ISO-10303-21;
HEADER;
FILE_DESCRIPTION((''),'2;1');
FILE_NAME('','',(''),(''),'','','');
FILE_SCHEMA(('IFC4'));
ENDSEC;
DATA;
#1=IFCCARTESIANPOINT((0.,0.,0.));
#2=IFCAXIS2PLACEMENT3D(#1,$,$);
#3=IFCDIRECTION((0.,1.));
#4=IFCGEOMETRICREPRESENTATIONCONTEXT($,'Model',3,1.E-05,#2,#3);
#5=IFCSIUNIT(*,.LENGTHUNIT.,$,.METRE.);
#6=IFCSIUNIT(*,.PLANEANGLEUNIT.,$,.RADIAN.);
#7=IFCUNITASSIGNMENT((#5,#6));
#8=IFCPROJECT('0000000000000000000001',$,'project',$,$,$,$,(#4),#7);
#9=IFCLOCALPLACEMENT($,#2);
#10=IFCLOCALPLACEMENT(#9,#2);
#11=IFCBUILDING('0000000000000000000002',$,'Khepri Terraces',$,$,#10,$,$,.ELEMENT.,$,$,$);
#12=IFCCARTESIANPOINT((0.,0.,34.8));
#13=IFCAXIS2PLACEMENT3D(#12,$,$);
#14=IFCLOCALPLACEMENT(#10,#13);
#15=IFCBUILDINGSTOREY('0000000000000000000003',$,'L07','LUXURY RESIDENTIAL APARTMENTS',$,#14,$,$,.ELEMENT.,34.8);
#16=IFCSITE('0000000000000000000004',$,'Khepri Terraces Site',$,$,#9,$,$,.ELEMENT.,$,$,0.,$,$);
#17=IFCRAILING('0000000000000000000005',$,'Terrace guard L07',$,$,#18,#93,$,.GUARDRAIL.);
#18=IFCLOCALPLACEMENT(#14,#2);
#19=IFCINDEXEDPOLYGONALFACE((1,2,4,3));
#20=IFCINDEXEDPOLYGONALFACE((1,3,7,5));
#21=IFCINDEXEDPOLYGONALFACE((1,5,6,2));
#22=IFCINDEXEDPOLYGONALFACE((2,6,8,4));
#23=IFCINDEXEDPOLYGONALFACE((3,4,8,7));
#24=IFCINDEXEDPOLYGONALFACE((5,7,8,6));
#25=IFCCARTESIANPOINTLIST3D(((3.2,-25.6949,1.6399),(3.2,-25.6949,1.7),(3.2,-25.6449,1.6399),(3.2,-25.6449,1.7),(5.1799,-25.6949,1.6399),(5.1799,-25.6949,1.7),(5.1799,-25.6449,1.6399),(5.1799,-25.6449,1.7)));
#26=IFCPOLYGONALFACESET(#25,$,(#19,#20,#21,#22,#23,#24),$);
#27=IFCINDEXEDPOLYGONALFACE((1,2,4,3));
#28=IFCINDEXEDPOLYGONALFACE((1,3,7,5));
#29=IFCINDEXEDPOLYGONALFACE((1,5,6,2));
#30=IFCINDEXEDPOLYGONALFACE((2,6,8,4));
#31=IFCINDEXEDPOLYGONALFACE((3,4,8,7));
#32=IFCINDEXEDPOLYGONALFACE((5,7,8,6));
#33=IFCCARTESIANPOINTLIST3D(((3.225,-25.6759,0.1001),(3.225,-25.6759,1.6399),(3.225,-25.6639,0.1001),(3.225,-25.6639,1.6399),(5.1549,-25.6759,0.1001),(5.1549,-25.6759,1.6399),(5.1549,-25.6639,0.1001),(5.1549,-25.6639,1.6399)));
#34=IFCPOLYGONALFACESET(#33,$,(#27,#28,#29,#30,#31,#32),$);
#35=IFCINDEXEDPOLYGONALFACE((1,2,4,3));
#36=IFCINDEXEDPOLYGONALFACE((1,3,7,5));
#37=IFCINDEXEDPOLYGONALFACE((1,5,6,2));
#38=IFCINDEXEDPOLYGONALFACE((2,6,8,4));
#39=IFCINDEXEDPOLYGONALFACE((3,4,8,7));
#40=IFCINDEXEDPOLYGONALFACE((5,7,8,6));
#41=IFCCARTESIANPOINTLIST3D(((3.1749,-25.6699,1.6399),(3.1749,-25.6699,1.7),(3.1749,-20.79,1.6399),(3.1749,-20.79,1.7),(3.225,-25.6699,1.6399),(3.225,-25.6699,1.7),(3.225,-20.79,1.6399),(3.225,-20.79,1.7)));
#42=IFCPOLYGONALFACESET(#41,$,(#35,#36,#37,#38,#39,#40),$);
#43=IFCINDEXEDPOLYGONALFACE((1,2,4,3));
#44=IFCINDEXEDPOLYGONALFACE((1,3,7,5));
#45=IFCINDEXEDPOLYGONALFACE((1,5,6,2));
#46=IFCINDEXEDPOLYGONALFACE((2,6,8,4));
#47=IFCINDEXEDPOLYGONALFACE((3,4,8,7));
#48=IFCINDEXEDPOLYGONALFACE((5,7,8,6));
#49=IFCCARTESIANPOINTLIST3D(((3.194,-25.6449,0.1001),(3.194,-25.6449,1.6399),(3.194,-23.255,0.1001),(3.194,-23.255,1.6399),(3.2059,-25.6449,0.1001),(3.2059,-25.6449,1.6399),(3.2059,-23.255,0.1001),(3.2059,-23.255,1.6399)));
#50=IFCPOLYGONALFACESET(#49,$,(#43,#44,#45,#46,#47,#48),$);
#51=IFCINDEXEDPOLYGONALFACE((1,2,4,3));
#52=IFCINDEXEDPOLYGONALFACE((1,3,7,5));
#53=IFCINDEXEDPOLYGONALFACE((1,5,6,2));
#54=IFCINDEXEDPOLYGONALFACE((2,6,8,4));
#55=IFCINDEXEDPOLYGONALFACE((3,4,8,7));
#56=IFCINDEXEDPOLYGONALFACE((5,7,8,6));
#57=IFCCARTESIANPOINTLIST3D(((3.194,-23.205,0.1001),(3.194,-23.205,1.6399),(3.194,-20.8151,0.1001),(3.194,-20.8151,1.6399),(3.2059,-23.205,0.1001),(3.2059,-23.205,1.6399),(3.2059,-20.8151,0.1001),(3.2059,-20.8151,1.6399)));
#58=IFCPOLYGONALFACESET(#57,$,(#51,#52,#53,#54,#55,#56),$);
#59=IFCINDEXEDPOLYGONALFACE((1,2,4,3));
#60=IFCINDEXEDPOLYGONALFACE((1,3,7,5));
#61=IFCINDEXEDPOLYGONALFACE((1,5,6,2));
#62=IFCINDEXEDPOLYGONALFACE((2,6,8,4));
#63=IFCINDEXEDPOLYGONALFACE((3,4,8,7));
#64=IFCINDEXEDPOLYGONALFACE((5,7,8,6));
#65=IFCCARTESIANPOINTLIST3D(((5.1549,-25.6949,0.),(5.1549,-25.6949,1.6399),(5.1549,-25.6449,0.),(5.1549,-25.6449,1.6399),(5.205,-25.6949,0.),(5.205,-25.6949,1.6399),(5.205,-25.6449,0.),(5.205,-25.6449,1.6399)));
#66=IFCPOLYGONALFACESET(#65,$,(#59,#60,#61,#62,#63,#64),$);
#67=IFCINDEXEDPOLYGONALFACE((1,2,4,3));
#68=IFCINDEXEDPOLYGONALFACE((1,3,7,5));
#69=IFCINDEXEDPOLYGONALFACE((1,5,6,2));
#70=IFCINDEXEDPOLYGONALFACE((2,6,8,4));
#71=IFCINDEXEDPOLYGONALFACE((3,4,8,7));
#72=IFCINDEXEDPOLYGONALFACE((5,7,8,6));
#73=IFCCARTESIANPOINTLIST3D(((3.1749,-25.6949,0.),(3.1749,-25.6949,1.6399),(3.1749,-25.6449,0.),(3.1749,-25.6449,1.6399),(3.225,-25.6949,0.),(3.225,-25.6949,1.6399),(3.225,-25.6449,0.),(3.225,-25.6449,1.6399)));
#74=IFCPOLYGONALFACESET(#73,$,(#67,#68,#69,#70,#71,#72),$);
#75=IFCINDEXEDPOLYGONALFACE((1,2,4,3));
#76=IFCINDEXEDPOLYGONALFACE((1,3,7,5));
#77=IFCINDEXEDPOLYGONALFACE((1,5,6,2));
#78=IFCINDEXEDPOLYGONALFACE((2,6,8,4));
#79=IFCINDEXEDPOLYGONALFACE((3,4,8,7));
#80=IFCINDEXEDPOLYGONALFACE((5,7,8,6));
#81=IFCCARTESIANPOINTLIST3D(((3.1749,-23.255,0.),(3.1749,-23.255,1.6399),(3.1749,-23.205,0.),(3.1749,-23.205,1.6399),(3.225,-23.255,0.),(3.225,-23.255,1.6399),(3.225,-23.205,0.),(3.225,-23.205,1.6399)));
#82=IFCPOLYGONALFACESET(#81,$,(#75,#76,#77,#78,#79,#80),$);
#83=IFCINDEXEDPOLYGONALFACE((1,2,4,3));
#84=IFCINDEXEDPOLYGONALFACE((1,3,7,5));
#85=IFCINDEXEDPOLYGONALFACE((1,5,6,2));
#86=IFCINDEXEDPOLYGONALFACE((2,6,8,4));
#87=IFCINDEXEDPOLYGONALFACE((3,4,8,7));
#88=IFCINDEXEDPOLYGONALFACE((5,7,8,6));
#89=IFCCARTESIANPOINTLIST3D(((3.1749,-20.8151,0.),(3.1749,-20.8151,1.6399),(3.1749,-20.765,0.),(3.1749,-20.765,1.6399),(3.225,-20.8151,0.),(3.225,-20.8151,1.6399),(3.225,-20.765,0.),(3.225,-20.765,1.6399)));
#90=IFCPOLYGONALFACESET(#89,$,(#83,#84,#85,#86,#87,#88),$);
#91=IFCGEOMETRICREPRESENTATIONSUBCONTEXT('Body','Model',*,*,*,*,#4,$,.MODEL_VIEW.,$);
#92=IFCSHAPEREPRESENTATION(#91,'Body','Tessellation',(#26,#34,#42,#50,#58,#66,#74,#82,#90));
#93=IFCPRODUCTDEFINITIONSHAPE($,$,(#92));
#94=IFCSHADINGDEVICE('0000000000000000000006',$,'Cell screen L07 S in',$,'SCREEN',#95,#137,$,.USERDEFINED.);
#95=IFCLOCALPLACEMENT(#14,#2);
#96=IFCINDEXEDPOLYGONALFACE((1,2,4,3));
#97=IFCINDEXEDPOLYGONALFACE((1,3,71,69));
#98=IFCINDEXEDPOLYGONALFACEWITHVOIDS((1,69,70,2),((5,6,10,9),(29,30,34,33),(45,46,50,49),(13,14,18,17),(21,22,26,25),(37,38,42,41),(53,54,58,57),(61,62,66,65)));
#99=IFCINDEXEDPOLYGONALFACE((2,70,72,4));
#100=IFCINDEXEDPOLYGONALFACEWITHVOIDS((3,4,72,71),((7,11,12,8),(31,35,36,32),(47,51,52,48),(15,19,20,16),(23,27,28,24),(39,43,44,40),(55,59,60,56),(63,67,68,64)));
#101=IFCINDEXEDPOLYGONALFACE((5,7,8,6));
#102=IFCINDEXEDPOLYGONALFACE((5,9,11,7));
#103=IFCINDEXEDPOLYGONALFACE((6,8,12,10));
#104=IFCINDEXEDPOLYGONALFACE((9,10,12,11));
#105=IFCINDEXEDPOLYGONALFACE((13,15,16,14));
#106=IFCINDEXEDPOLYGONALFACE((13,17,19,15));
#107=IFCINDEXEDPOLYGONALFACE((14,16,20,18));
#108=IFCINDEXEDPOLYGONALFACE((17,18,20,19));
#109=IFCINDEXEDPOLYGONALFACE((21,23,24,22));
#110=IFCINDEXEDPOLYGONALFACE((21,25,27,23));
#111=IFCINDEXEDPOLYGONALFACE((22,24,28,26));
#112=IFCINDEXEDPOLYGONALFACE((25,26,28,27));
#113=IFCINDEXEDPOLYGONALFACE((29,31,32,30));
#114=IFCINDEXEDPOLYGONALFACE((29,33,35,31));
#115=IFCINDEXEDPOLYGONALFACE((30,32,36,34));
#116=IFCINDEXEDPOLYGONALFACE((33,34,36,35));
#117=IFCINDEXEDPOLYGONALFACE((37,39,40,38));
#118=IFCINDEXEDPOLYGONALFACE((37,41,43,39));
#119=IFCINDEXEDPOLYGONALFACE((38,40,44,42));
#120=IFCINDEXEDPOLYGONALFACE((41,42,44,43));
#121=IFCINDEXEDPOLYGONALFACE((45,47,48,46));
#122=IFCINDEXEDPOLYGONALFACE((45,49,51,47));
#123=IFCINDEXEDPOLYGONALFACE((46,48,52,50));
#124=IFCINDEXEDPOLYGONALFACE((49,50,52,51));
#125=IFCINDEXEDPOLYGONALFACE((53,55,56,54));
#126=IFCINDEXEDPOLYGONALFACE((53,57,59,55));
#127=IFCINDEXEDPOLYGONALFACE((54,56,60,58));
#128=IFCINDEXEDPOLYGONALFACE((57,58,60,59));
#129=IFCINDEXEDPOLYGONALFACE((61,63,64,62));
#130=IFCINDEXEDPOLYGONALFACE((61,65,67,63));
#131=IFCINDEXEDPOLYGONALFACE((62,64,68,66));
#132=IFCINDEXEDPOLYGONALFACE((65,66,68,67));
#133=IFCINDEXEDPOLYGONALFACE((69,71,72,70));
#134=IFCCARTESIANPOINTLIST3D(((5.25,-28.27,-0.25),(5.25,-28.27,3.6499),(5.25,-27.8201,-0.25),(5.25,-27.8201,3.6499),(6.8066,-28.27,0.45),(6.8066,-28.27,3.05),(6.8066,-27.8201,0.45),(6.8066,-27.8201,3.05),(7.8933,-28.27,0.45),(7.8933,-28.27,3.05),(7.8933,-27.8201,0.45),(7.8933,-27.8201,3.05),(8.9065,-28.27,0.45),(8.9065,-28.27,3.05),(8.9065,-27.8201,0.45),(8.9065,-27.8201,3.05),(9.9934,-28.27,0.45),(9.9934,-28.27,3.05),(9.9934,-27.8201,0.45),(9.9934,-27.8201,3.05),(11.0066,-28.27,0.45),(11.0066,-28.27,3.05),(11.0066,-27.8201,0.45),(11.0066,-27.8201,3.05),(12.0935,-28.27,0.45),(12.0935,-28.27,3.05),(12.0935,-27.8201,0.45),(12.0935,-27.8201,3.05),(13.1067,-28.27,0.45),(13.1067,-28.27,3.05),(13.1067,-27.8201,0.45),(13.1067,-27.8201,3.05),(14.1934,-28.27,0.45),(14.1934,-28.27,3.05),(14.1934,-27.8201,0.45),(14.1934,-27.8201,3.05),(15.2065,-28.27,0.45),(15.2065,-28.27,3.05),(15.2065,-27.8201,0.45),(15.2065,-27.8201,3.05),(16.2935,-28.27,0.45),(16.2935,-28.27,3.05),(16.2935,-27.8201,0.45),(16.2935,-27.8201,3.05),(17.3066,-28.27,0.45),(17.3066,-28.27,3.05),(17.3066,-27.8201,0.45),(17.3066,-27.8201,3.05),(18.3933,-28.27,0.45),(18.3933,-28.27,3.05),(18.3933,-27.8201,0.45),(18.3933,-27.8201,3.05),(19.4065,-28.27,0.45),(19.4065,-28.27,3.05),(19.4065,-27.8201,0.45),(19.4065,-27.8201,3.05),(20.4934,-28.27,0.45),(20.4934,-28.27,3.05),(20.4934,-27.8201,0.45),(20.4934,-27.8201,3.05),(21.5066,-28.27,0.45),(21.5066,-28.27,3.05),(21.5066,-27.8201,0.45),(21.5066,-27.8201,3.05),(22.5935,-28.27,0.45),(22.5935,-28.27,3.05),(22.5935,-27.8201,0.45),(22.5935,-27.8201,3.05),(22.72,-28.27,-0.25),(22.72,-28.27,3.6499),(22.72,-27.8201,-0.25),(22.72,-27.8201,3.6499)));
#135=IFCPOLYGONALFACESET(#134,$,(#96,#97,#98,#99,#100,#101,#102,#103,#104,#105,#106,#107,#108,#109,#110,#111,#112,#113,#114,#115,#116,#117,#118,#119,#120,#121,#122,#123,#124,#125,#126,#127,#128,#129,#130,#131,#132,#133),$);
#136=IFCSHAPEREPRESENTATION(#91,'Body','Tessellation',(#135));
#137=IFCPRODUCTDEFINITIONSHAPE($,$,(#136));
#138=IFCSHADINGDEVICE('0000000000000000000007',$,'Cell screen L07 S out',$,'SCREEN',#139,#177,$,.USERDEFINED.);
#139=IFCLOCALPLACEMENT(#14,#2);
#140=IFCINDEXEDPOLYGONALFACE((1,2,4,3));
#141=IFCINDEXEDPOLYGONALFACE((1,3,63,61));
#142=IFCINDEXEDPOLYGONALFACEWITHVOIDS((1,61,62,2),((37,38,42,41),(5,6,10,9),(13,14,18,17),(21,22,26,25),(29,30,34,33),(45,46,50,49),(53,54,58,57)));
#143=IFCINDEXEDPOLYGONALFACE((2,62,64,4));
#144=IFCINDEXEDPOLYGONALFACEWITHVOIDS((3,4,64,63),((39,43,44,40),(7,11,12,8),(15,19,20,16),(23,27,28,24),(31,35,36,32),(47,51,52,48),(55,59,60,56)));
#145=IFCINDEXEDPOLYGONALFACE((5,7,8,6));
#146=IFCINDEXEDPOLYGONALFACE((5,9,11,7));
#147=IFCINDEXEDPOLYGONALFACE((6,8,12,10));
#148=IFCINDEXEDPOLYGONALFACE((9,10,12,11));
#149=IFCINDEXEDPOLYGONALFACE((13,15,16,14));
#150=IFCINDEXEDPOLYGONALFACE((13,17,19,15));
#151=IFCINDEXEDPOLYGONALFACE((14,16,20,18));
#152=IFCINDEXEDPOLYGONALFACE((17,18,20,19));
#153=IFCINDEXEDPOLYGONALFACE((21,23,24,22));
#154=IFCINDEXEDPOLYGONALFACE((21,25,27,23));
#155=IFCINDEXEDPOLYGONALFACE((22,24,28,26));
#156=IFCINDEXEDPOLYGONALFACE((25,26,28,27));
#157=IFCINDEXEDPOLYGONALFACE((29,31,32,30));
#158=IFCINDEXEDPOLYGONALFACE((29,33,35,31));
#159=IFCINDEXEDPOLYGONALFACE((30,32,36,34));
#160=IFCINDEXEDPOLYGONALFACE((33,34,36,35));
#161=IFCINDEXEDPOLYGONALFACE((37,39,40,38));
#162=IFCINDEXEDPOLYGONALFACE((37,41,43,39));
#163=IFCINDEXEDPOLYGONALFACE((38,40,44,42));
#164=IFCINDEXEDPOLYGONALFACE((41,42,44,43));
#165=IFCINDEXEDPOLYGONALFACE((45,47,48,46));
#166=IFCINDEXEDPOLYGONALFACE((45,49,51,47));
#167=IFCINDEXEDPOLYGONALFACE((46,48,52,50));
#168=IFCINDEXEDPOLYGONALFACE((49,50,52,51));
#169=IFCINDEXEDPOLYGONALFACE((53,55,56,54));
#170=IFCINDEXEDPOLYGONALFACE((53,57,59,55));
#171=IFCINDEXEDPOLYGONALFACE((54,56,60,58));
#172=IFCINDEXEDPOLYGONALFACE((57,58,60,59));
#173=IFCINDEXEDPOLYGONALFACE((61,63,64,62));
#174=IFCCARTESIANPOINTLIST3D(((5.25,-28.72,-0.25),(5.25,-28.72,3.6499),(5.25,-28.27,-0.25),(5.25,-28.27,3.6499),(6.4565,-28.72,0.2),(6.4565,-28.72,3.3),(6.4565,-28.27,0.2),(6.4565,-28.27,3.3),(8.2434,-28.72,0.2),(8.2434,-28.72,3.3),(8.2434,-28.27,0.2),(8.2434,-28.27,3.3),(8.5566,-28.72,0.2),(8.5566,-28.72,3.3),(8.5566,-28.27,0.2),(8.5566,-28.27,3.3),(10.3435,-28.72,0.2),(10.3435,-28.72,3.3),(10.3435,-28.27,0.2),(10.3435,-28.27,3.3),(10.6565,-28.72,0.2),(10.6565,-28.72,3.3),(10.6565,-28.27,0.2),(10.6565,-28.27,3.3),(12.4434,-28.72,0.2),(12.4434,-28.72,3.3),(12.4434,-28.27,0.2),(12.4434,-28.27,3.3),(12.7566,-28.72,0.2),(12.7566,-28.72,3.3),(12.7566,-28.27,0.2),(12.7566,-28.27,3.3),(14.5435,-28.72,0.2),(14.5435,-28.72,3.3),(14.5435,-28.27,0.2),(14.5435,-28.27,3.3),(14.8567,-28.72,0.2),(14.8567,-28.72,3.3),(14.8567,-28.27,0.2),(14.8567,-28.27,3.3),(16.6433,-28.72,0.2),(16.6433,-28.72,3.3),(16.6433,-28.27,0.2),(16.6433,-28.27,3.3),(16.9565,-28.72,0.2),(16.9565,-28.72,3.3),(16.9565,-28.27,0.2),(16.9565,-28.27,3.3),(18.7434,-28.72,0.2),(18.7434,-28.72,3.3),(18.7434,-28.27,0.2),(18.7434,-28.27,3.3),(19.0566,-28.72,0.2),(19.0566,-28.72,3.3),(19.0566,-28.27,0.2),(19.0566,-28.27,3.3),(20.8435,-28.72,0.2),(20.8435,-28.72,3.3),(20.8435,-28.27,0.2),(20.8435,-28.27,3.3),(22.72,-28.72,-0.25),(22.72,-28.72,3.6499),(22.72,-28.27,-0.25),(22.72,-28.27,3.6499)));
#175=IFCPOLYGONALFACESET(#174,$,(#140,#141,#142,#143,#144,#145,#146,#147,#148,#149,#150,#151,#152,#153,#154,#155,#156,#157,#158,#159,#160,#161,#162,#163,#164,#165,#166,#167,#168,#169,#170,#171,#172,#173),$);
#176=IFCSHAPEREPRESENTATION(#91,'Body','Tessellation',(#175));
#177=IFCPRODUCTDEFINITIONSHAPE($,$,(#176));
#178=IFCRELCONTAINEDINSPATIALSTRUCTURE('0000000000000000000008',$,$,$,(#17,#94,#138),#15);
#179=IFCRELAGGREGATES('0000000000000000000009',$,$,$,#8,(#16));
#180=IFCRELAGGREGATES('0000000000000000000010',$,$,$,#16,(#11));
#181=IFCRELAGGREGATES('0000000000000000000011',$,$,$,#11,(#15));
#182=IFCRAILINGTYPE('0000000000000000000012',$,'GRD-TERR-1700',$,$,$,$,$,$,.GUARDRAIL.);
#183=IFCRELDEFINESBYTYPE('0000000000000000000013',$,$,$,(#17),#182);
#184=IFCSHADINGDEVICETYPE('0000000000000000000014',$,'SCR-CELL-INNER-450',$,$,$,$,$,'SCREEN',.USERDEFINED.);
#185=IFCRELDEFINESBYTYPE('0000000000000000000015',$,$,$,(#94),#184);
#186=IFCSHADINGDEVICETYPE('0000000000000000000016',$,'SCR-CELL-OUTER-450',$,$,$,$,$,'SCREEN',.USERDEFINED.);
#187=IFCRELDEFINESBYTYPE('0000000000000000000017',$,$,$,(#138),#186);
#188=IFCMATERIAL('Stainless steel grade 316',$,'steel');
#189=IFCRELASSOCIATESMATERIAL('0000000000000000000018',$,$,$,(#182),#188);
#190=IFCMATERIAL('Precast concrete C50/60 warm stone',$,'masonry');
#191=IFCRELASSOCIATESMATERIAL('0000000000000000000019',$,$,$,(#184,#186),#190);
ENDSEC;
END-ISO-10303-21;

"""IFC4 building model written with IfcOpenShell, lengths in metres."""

from ifc_helpers import new_model, si_unit, direction, frame, origin, origin_2d, place, context, subcontext, project, spatial, polyline, rectangle, outline, extrude, material, type_object, element, save


model = new_model("IFC4")

# Units and contexts
model_context = context("Model", 3, precision=1e-05, world=origin(), true_north=direction((0.0, 1.0)))
body_context = subcontext(model_context, "Body", "Model", "MODEL_VIEW")
ifc_project = project(units=[si_unit("LENGTHUNIT", "METRE"), si_unit("PLANEANGLEUNIT", "RADIAN")], contexts=[model_context])

# Site, building, storey
site_placement = place(None, origin())
site = spatial("IfcSite", under=ifc_project, at=site_placement, Name="Khepri Terraces Site", CompositionType="ELEMENT", RefElevation=0.0)
building_placement = place(site_placement, origin())
building = spatial("IfcBuilding", under=site, at=building_placement, Name="Khepri Terraces", CompositionType="ELEMENT")
storey_placement = place(building_placement, frame((0.0, 0.0, 34.8)))
storey = spatial("IfcBuildingStorey", under=building, at=storey_placement, Name="L07", Description="LUXURY RESIDENTIAL APARTMENTS", CompositionType="ELEMENT", Elevation=34.8)

# Shared definitions
ifc_material_1 = material(Name="Precast concrete C50/60 warm stone", Category="masonry")

# Railing
ifc_material_2 = material(Name="Stainless steel grade 316", Category="steel")
railing_type_1 = type_object("IfcRailingType", Name="GRD-TERR-1700", PredefinedType="GUARDRAIL", material=ifc_material_2)
railing_1_placement = place(storey_placement, frame((5.1799, -25.6699, 0.0)))
element("IfcRailing", 1, at=railing_1_placement, inside=storey, type_object=railing_type_1, Name="Terrace guard L07", PredefinedType="GUARDRAIL", context=body_context, shape_type="SweptSolid", body=[
    extrude(rectangle(XDim=0.05, YDim=0.0601, at=origin_2d()), frame((0.0, 0.0, 1.6699), z_axis=(-1.0, 0.0, 0.0), x_axis=(0.0, -1.0, 0.0)), (0.0, 0.0, 1.0), 1.98),
    extrude(rectangle(XDim=1.9299, YDim=0.012, at=origin_2d()), frame((-0.99, 0.0, 0.1001), z_axis=(0.0, 0.0, 1.0), x_axis=(-1.0, 0.0, 0.0)), (0.0, 0.0, 1.0), 1.5398),
    extrude(rectangle(XDim=0.05, YDim=0.0601, at=origin_2d()), frame((-1.98, 0.0, 1.6699), z_axis=(0.0, 1.0, 0.0), x_axis=(-1.0, 0.0, 0.0)), (0.0, 0.0, 1.0), 4.8799),
    extrude(rectangle(XDim=2.3899, YDim=0.012, at=origin_2d()), frame((-1.98, 1.22, 0.1001), z_axis=(0.0, 0.0, 1.0), x_axis=(0.0, 1.0, 0.0)), (0.0, 0.0, 1.0), 1.5398),
    extrude(rectangle(XDim=2.3899, YDim=0.012, at=origin_2d()), frame((-1.98, 3.6599, 0.1001), z_axis=(0.0, 0.0, 1.0), x_axis=(0.0, 1.0, 0.0)), (0.0, 0.0, 1.0), 1.5398),
    extrude(rectangle(XDim=0.05, YDim=0.05, at=origin_2d()), origin(), (0.0, 0.0, 1.0), 1.6399),
    extrude(rectangle(XDim=0.05, YDim=0.05, at=origin_2d()), frame((-1.98, 0.0, 0.0)), (0.0, 0.0, 1.0), 1.6399),
    extrude(rectangle(XDim=0.05, YDim=0.05, at=origin_2d()), frame((-1.98, 2.4399, 0.0)), (0.0, 0.0, 1.0), 1.6399),
    extrude(rectangle(XDim=0.05, YDim=0.05, at=origin_2d()), frame((-1.98, 4.8799, 0.0)), (0.0, 0.0, 1.0), 1.6399),
])

# Shading devices
shading_device_type_1 = type_object("IfcShadingDeviceType", Name="SCR-CELL-INNER-450", ElementType="SCREEN", PredefinedType="USERDEFINED", material=ifc_material_1)
shading_device_1_placement = place(storey_placement, frame((5.25, -27.8201, -0.25), z_axis=(0.0, -1.0, 0.0), x_axis=(1.0, 0.0, 0.0)))
element("IfcShadingDevice", 2, at=shading_device_1_placement, inside=storey, type_object=shading_device_type_1, Name="Cell screen L07 S in", ObjectType="SCREEN", PredefinedType="USERDEFINED", context=body_context, shape_type="SweptSolid", body=[
    extrude(outline(polyline([(0.0, 0.0), (17.47, 0.0), (17.47, 3.8999), (0.0, 3.8999), (0.0, 0.0)]), holes=[polyline([(1.5566, 0.7), (2.6433, 0.7), (2.6433, 3.3), (1.5566, 3.3), (1.5566, 0.7)]), polyline([(3.6565, 0.7), (4.7434, 0.7), (4.7434, 3.3), (3.6565, 3.3), (3.6565, 0.7)]), polyline([(5.7566, 0.7), (6.8435, 0.7), (6.8435, 3.3), (5.7566, 3.3), (5.7566, 0.7)]), polyline([(7.8567, 0.7), (8.9434, 0.7), (8.9434, 3.3), (7.8567, 3.3), (7.8567, 0.7)]), polyline([(9.9565, 0.7), (11.0435, 0.7), (11.0435, 3.3), (9.9565, 3.3), (9.9565, 0.7)]), polyline([(12.0566, 0.7), (13.1433, 0.7), (13.1433, 3.3), (12.0566, 3.3), (12.0566, 0.7)]), polyline([(14.1565, 0.7), (15.2434, 0.7), (15.2434, 3.3), (14.1565, 3.3), (14.1565, 0.7)]), polyline([(16.2566, 0.7), (17.3435, 0.7), (17.3435, 3.3), (16.2566, 3.3), (16.2566, 0.7)])]), origin(), (0.0, 0.0, 1.0), 0.45),
])
shading_device_type_2 = type_object("IfcShadingDeviceType", Name="SCR-CELL-OUTER-450", ElementType="SCREEN", PredefinedType="USERDEFINED", material=ifc_material_1)
shading_device_2_placement = place(storey_placement, frame((5.25, -28.27, -0.25), z_axis=(0.0, -1.0, 0.0), x_axis=(1.0, 0.0, 0.0)))
element("IfcShadingDevice", 3, at=shading_device_2_placement, inside=storey, type_object=shading_device_type_2, Name="Cell screen L07 S out", ObjectType="SCREEN", PredefinedType="USERDEFINED", context=body_context, shape_type="SweptSolid", body=[
    extrude(outline(polyline([(0.0, 0.0), (17.47, 0.0), (17.47, 3.8999), (0.0, 3.8999), (0.0, 0.0)]), holes=[polyline([(1.2065, 0.45), (2.9934, 0.45), (2.9934, 3.55), (1.2065, 3.55), (1.2065, 0.45)]), polyline([(3.3066, 0.45), (5.0935, 0.45), (5.0935, 3.55), (3.3066, 3.55), (3.3066, 0.45)]), polyline([(5.4065, 0.45), (7.1934, 0.45), (7.1934, 3.55), (5.4065, 3.55), (5.4065, 0.45)]), polyline([(7.5066, 0.45), (9.2935, 0.45), (9.2935, 3.55), (7.5066, 3.55), (7.5066, 0.45)]), polyline([(9.6067, 0.45), (11.3933, 0.45), (11.3933, 3.55), (9.6067, 3.55), (9.6067, 0.45)]), polyline([(11.7065, 0.45), (13.4934, 0.45), (13.4934, 3.55), (11.7065, 3.55), (11.7065, 0.45)]), polyline([(13.8066, 0.45), (15.5935, 0.45), (15.5935, 3.55), (13.8066, 3.55), (13.8066, 0.45)])]), origin(), (0.0, 0.0, 1.0), 0.45),
])

save(model, "model.ifc")
